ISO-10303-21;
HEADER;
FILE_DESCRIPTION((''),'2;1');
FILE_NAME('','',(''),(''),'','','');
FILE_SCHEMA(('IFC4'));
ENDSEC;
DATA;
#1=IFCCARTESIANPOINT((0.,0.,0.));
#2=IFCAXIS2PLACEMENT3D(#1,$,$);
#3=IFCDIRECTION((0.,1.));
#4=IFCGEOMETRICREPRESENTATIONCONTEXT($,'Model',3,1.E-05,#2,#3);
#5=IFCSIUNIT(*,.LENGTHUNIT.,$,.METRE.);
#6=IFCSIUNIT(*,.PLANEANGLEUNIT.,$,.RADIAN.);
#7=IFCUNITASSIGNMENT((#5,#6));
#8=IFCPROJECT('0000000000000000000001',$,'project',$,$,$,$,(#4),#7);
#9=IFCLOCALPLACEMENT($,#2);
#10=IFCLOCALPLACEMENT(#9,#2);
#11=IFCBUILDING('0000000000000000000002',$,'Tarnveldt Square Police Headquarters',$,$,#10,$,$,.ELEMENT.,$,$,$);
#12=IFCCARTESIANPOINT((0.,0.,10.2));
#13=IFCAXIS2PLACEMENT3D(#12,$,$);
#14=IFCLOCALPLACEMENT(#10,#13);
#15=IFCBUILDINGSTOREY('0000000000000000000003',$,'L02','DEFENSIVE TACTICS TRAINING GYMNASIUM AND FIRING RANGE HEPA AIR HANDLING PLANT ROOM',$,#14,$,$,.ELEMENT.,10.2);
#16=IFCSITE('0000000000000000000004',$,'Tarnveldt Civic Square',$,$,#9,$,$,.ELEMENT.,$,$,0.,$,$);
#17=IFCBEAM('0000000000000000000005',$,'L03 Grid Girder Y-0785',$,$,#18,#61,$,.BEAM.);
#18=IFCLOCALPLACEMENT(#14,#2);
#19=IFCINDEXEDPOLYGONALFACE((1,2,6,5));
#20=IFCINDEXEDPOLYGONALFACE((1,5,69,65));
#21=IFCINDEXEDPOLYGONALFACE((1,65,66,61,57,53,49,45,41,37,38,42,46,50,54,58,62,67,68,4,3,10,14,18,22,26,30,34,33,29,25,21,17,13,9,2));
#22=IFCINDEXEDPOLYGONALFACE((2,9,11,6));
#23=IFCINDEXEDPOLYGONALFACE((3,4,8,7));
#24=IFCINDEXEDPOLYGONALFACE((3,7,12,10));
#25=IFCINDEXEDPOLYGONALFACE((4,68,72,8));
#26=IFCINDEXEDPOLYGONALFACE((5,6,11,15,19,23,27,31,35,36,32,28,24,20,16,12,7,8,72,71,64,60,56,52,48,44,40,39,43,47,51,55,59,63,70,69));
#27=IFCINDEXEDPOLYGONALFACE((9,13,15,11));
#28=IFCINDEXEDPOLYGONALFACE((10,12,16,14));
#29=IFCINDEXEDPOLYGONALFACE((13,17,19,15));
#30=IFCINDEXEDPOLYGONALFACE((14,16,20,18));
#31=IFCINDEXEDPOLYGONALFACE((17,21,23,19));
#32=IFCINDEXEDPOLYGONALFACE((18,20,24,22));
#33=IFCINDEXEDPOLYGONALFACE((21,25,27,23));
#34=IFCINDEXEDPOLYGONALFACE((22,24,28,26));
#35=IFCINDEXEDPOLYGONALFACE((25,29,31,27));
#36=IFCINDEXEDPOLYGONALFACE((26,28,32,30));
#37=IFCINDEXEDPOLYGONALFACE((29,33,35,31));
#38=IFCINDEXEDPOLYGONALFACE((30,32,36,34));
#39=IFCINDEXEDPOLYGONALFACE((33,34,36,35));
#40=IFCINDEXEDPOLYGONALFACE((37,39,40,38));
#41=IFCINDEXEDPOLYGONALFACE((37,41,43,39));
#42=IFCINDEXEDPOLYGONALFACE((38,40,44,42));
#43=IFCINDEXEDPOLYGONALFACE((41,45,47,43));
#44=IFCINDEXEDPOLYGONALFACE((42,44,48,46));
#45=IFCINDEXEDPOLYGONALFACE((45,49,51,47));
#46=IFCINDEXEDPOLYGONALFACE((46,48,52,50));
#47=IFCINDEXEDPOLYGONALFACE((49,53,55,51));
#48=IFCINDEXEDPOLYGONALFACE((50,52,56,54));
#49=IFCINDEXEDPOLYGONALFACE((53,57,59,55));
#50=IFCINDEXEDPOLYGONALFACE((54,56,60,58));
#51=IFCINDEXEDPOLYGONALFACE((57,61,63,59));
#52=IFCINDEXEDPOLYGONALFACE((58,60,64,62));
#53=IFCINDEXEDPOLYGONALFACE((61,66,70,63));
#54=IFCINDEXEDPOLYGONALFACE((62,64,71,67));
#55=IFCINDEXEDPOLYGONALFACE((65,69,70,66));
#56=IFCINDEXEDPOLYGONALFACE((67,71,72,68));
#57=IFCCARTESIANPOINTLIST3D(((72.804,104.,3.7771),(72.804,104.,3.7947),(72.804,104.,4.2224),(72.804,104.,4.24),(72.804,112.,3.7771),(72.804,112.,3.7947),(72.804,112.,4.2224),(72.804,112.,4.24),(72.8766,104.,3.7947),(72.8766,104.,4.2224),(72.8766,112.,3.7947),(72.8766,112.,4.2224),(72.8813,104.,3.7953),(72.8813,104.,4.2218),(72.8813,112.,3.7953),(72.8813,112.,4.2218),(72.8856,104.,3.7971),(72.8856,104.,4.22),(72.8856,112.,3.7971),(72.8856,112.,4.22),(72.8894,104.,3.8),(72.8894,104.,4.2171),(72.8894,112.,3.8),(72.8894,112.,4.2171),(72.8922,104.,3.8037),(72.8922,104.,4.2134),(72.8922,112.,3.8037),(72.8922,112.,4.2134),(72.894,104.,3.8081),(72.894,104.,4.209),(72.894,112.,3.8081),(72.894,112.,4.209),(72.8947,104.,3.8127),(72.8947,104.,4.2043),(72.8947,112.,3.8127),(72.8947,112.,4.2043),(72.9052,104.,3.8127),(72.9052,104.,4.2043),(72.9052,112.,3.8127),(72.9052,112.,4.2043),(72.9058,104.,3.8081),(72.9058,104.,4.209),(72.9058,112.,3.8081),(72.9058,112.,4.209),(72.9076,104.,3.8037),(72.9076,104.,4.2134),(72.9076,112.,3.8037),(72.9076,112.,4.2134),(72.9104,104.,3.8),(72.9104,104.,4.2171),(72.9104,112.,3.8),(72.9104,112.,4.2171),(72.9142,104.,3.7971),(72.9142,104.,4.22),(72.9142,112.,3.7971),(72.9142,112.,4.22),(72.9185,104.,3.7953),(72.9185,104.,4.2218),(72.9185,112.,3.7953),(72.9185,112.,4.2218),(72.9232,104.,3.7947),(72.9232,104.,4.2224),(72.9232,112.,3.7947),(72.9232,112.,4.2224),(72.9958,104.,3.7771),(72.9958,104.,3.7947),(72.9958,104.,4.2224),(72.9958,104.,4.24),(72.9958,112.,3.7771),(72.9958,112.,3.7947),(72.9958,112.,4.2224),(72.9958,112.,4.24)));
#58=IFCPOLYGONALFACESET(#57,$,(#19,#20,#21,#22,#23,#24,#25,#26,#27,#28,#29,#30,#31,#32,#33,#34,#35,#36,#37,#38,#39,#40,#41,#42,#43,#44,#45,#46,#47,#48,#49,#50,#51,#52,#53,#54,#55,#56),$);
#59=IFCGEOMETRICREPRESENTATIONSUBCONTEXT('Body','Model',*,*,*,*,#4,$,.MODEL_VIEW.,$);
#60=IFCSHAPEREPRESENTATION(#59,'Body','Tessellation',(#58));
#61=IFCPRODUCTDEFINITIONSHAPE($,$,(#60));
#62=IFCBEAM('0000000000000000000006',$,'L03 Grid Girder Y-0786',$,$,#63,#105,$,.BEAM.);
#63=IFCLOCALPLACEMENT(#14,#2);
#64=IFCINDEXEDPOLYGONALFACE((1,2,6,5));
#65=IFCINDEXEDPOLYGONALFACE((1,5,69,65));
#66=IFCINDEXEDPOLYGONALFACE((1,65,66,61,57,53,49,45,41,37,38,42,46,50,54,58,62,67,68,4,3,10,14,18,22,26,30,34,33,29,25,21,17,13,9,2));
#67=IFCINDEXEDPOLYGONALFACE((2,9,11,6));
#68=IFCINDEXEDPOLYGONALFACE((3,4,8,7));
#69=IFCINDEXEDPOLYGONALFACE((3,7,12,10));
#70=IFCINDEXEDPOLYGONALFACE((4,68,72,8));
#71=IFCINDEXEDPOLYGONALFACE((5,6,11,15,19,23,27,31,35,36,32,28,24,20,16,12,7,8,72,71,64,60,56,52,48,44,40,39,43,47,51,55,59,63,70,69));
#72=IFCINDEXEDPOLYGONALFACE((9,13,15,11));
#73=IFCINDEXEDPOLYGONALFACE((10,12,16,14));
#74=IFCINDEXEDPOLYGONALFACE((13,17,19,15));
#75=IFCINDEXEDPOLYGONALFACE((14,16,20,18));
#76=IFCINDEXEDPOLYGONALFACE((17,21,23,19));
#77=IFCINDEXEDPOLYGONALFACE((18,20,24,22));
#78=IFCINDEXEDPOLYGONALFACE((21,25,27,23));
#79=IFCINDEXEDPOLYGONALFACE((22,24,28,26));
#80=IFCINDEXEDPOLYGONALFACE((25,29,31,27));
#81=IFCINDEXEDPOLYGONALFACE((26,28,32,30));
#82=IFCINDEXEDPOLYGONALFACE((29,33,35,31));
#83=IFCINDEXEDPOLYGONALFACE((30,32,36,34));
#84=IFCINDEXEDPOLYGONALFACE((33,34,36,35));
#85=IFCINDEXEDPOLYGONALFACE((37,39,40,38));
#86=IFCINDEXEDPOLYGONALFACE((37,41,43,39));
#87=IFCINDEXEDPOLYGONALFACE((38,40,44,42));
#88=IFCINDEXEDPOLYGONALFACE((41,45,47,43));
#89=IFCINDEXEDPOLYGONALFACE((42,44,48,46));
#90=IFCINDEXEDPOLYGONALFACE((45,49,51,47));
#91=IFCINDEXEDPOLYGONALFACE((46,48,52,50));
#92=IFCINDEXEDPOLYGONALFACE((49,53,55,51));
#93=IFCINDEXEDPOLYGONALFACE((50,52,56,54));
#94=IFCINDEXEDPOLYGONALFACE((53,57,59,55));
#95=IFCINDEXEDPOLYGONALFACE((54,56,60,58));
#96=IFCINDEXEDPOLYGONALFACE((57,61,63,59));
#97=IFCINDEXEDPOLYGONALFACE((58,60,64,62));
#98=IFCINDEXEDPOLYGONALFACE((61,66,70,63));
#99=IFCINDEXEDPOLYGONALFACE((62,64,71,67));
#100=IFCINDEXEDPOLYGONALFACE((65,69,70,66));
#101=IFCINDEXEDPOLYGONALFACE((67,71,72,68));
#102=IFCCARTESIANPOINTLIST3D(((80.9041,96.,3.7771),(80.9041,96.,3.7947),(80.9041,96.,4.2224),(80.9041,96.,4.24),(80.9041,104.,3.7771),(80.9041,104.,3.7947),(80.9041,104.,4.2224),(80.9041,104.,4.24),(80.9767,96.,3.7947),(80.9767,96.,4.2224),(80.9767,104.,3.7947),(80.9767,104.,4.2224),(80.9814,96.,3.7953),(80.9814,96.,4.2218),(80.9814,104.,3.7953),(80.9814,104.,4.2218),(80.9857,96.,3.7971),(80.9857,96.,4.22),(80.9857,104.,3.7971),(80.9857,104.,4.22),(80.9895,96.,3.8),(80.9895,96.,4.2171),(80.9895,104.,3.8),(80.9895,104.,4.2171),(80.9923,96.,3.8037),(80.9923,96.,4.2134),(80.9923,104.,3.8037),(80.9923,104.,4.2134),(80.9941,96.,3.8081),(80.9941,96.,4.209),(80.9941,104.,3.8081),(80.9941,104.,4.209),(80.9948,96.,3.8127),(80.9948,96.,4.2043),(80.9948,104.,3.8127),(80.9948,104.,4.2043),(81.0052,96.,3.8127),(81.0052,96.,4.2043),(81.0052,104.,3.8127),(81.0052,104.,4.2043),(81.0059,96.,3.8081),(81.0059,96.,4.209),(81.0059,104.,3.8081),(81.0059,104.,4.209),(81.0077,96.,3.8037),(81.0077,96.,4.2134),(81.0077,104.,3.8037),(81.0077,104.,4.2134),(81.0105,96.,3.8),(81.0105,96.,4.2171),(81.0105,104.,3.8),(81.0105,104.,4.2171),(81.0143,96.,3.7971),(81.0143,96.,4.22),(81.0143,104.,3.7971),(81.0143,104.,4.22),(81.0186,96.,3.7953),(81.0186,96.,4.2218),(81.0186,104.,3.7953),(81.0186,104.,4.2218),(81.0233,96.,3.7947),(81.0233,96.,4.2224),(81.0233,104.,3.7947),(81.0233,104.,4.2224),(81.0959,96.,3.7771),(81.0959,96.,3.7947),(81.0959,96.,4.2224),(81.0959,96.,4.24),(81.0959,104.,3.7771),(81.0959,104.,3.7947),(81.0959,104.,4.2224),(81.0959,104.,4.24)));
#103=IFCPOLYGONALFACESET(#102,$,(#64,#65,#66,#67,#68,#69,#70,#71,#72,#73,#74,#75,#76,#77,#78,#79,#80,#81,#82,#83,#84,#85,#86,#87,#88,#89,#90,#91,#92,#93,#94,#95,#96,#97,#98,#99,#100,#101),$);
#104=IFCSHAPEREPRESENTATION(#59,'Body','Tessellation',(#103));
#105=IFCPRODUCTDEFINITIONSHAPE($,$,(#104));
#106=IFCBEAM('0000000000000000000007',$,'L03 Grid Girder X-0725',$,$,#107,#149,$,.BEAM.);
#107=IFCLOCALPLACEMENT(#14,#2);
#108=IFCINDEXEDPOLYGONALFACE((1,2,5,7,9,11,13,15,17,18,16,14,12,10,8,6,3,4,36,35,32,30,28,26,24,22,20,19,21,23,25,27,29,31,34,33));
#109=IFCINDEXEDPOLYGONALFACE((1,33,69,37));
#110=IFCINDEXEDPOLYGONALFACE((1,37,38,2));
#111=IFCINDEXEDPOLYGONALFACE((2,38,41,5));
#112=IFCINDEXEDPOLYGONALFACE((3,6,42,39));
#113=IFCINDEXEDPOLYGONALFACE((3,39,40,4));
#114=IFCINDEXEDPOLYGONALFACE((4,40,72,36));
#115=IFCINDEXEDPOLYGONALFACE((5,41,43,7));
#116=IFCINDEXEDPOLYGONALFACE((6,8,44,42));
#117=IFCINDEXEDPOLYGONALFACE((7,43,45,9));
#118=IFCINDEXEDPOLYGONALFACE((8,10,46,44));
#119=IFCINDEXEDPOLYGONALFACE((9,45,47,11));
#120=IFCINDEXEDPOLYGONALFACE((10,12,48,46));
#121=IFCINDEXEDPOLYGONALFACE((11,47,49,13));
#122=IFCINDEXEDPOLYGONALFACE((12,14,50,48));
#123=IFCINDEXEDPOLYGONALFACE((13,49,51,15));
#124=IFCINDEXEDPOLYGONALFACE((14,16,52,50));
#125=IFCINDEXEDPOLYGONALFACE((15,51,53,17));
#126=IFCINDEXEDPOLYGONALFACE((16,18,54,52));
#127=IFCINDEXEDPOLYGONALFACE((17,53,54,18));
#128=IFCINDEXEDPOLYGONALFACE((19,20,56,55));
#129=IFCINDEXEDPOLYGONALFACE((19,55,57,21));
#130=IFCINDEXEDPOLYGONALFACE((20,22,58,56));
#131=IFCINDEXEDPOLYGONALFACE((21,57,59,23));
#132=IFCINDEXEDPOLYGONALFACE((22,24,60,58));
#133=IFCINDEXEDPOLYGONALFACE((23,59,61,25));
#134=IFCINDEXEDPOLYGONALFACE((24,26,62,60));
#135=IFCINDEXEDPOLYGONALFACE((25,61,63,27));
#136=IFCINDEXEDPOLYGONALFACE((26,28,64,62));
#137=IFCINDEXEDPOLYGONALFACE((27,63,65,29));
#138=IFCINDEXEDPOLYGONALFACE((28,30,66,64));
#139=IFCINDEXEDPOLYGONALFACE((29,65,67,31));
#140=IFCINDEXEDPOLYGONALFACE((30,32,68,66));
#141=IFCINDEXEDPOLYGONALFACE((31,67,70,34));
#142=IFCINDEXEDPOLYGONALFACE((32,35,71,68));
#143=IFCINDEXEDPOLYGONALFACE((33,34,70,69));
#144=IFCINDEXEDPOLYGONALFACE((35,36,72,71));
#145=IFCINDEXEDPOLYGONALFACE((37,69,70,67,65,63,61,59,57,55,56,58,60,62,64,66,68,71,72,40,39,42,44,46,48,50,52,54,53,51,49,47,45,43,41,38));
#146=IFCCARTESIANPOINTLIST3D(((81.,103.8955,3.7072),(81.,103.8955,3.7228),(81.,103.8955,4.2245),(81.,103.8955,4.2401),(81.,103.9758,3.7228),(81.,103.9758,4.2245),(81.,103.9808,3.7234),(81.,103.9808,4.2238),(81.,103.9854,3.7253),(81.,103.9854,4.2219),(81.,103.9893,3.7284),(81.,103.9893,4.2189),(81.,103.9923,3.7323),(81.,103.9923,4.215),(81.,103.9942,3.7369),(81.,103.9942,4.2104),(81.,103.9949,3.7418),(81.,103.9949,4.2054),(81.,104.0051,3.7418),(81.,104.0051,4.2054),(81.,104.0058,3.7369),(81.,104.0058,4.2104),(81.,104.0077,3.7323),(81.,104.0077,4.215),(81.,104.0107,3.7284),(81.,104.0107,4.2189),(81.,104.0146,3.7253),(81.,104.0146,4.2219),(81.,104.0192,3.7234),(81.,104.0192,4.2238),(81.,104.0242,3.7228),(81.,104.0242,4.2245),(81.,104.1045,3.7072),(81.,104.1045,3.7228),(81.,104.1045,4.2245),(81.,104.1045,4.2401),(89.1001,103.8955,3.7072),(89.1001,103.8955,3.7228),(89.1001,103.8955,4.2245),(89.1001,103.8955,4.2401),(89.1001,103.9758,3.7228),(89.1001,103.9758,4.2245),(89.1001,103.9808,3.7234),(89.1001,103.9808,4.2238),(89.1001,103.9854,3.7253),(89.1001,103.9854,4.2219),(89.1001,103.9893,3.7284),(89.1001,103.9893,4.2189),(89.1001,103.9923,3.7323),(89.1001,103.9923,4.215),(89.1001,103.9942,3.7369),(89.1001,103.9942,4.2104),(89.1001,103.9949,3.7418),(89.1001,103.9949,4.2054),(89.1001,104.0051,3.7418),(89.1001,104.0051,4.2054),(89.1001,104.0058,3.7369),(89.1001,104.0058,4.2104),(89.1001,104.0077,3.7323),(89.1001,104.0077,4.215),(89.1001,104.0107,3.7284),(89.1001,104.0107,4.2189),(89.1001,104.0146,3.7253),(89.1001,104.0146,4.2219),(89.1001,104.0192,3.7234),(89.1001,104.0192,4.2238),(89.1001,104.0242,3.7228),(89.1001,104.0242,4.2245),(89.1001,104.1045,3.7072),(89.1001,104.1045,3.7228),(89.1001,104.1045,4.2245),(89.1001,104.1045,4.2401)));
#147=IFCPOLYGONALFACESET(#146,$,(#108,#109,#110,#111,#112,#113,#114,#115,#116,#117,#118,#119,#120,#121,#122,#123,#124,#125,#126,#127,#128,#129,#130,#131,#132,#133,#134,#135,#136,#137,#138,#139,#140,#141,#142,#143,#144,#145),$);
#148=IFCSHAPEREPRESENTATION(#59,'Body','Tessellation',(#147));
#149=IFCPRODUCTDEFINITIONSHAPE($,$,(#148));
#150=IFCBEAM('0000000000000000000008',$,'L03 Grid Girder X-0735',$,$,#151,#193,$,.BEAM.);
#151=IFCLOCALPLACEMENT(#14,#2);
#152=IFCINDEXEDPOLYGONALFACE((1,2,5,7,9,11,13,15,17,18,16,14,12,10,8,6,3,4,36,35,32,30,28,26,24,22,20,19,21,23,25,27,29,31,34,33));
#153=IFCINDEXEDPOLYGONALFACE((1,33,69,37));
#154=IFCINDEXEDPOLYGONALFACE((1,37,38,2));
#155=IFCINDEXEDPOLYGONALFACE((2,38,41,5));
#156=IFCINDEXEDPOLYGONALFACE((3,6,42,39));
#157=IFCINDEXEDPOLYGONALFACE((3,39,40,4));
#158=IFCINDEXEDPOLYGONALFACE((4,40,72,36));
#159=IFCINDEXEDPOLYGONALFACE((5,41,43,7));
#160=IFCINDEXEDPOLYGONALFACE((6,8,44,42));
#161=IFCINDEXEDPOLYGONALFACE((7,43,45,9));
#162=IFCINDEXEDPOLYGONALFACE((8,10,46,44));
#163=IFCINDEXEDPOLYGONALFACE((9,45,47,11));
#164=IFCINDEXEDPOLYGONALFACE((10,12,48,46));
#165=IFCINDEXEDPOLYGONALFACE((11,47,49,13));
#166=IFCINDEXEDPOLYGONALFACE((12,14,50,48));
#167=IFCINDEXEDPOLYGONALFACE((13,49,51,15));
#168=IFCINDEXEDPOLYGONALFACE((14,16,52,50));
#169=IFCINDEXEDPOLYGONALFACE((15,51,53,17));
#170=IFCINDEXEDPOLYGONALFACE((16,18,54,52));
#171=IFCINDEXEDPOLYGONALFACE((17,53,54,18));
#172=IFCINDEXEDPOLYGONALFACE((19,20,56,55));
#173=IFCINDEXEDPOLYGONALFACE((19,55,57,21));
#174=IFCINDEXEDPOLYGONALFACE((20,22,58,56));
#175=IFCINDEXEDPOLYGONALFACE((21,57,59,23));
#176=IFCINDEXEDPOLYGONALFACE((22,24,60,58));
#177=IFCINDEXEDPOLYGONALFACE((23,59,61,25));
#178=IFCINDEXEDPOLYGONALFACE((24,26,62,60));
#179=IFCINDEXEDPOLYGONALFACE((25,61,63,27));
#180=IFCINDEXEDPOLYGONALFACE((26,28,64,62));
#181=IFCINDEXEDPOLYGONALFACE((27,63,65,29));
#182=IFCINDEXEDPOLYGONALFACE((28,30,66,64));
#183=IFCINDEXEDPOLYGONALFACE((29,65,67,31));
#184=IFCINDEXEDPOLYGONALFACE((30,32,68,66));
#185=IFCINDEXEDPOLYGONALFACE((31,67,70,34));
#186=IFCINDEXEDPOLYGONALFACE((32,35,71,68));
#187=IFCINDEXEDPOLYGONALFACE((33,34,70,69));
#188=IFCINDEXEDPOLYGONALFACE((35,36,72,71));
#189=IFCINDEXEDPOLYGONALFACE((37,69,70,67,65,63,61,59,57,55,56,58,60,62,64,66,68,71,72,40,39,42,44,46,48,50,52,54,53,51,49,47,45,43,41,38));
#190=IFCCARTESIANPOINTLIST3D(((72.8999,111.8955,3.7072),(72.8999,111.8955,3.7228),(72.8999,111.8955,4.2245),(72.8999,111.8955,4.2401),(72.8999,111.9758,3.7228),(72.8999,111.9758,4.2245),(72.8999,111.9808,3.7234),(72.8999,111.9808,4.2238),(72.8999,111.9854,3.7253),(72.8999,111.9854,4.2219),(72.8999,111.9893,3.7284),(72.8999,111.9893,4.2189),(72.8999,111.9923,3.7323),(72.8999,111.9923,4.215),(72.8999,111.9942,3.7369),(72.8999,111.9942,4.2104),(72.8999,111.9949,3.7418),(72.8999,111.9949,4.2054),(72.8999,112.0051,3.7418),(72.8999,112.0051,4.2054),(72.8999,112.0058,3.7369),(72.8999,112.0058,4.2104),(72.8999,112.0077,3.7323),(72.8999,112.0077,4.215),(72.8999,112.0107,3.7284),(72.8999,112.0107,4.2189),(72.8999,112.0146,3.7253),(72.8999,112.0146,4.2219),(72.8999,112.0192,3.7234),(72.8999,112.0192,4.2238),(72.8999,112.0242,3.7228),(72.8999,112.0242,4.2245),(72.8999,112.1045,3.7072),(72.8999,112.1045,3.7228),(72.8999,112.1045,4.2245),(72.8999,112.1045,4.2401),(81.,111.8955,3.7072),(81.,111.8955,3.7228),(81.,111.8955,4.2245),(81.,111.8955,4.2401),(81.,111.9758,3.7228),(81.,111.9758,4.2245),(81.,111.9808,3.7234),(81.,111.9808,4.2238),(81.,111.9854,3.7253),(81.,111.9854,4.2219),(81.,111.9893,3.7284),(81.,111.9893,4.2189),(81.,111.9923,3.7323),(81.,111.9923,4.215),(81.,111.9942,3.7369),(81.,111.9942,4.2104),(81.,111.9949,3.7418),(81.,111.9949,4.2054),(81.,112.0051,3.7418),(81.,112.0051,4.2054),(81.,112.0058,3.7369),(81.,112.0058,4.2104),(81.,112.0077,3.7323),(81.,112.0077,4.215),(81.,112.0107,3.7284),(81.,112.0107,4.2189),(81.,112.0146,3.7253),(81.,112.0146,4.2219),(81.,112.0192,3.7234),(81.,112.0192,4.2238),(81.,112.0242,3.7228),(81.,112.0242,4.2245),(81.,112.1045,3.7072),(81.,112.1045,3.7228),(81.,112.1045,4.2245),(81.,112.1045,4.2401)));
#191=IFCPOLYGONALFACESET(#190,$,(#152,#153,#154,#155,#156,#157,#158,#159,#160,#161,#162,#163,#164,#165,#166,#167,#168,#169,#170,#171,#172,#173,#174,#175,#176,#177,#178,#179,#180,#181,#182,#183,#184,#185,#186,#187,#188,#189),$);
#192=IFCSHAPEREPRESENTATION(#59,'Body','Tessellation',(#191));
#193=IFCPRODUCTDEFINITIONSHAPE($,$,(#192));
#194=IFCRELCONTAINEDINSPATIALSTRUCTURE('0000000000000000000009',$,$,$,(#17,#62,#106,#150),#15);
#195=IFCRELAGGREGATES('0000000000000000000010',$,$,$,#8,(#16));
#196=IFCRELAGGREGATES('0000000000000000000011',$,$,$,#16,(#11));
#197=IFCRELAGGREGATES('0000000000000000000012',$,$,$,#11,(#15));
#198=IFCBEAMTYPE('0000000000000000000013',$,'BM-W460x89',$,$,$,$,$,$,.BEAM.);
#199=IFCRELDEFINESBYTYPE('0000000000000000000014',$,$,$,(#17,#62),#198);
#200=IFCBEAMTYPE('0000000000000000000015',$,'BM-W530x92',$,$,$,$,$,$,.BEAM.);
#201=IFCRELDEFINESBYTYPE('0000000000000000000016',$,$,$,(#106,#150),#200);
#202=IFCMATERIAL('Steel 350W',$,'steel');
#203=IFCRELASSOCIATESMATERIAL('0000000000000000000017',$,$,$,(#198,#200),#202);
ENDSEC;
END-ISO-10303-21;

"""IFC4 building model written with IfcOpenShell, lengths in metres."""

from ifc_helpers import new_model, si_unit, direction, frame, origin, origin_2d, place, context, subcontext, project, spatial, i_section, extrude, material, material_profile, profile_set, type_object, element, save


model = new_model("IFC4")

# Units and contexts
model_context = context("Model", 3, precision=1e-05, world=origin(), true_north=direction((0.0, 1.0)))
body_context = subcontext(model_context, "Body", "Model", "MODEL_VIEW")
ifc_project = project(units=[si_unit("LENGTHUNIT", "METRE"), si_unit("PLANEANGLEUNIT", "RADIAN")], contexts=[model_context])

# Site, building, storey
site_placement = place(None, origin())
site = spatial("IfcSite", under=ifc_project, at=site_placement, Name="Tarnveldt Civic Square", CompositionType="ELEMENT", RefElevation=0.0)
building_placement = place(site_placement, origin())
building = spatial("IfcBuilding", under=site, at=building_placement, Name="Tarnveldt Square Police Headquarters", CompositionType="ELEMENT")
storey_placement = place(building_placement, frame((0.0, 0.0, 10.2)))
storey = spatial("IfcBuildingStorey", under=building, at=storey_placement, Name="L02", Description="DEFENSIVE TACTICS TRAINING GYMNASIUM AND FIRING RANGE HEPA AIR HANDLING PLANT ROOM", CompositionType="ELEMENT", Elevation=10.2)

# Beams
ifc_material_1 = material(Name="Steel 350W", Category="steel")
ifc_material_profile_1 = material_profile(ifc_material_1, i_section(OverallWidth=0.1919, OverallDepth=0.4629, WebThickness=0.0105, FlangeThickness=0.0176, FilletRadius=0.0181, at=origin_2d()), Name="W460x89")
ifc_profile_set_1 = profile_set([ifc_material_profile_1], Name="Steel 350W")
beam_type_1 = type_object("IfcBeamType", Name="BM-W460x89", PredefinedType="BEAM", material=ifc_profile_set_1)
for number, where, z_axis, x_axis, name in (
    (1, (72.8999, 104.0, 4.0085), (0.0, 1.0, 0.0), (-1.0, 0.0, 0.0), "L03 Grid Girder Y-0785"),
    (2, (81.0, 96.0, 4.0085), (0.0, 1.0, 0.0), (-1.0, 0.0, 0.0), "L03 Grid Girder Y-0786"),
):
    element("IfcBeam", number, at=place(storey_placement, frame(where, z_axis=z_axis, x_axis=x_axis)), inside=storey, type_object=beam_type_1, Name=name, PredefinedType="BEAM", context=body_context, shape_type="SweptSolid", body=[
        extrude(i_section(OverallWidth=0.1919, OverallDepth=0.4629, WebThickness=0.0105, FlangeThickness=0.0176, FilletRadius=0.0181, at=origin_2d()), origin(), (0.0, 0.0, 1.0), 8.0),
    ])
ifc_material_profile_2 = material_profile(ifc_material_1, i_section(OverallWidth=0.209, OverallDepth=0.533, WebThickness=0.0103, FlangeThickness=0.0156, FilletRadius=0.019, at=origin_2d()), Name="W530x92")
ifc_profile_set_2 = profile_set([ifc_material_profile_2], Name="Steel 350W")
beam_type_2 = type_object("IfcBeamType", Name="BM-W530x92", PredefinedType="BEAM", material=ifc_profile_set_2)
for number, where, z_axis, x_axis, name in (
    (3, (81.0, 104.0, 3.9736), (1.0, 0.0, 0.0), (0.0, 1.0, 0.0), "L03 Grid Girder X-0725"),
    (4, (72.8999, 112.0, 3.9736), (1.0, 0.0, 0.0), (0.0, 1.0, 0.0), "L03 Grid Girder X-0735"),
):
    element("IfcBeam", number, at=place(storey_placement, frame(where, z_axis=z_axis, x_axis=x_axis)), inside=storey, type_object=beam_type_2, Name=name, PredefinedType="BEAM", context=body_context, shape_type="SweptSolid", body=[
        extrude(i_section(OverallWidth=0.209, OverallDepth=0.533, WebThickness=0.0103, FlangeThickness=0.0156, FilletRadius=0.019, at=origin_2d()), origin(), (0.0, 0.0, 1.0), 8.1001),
    ])

save(model, "model.ifc")
